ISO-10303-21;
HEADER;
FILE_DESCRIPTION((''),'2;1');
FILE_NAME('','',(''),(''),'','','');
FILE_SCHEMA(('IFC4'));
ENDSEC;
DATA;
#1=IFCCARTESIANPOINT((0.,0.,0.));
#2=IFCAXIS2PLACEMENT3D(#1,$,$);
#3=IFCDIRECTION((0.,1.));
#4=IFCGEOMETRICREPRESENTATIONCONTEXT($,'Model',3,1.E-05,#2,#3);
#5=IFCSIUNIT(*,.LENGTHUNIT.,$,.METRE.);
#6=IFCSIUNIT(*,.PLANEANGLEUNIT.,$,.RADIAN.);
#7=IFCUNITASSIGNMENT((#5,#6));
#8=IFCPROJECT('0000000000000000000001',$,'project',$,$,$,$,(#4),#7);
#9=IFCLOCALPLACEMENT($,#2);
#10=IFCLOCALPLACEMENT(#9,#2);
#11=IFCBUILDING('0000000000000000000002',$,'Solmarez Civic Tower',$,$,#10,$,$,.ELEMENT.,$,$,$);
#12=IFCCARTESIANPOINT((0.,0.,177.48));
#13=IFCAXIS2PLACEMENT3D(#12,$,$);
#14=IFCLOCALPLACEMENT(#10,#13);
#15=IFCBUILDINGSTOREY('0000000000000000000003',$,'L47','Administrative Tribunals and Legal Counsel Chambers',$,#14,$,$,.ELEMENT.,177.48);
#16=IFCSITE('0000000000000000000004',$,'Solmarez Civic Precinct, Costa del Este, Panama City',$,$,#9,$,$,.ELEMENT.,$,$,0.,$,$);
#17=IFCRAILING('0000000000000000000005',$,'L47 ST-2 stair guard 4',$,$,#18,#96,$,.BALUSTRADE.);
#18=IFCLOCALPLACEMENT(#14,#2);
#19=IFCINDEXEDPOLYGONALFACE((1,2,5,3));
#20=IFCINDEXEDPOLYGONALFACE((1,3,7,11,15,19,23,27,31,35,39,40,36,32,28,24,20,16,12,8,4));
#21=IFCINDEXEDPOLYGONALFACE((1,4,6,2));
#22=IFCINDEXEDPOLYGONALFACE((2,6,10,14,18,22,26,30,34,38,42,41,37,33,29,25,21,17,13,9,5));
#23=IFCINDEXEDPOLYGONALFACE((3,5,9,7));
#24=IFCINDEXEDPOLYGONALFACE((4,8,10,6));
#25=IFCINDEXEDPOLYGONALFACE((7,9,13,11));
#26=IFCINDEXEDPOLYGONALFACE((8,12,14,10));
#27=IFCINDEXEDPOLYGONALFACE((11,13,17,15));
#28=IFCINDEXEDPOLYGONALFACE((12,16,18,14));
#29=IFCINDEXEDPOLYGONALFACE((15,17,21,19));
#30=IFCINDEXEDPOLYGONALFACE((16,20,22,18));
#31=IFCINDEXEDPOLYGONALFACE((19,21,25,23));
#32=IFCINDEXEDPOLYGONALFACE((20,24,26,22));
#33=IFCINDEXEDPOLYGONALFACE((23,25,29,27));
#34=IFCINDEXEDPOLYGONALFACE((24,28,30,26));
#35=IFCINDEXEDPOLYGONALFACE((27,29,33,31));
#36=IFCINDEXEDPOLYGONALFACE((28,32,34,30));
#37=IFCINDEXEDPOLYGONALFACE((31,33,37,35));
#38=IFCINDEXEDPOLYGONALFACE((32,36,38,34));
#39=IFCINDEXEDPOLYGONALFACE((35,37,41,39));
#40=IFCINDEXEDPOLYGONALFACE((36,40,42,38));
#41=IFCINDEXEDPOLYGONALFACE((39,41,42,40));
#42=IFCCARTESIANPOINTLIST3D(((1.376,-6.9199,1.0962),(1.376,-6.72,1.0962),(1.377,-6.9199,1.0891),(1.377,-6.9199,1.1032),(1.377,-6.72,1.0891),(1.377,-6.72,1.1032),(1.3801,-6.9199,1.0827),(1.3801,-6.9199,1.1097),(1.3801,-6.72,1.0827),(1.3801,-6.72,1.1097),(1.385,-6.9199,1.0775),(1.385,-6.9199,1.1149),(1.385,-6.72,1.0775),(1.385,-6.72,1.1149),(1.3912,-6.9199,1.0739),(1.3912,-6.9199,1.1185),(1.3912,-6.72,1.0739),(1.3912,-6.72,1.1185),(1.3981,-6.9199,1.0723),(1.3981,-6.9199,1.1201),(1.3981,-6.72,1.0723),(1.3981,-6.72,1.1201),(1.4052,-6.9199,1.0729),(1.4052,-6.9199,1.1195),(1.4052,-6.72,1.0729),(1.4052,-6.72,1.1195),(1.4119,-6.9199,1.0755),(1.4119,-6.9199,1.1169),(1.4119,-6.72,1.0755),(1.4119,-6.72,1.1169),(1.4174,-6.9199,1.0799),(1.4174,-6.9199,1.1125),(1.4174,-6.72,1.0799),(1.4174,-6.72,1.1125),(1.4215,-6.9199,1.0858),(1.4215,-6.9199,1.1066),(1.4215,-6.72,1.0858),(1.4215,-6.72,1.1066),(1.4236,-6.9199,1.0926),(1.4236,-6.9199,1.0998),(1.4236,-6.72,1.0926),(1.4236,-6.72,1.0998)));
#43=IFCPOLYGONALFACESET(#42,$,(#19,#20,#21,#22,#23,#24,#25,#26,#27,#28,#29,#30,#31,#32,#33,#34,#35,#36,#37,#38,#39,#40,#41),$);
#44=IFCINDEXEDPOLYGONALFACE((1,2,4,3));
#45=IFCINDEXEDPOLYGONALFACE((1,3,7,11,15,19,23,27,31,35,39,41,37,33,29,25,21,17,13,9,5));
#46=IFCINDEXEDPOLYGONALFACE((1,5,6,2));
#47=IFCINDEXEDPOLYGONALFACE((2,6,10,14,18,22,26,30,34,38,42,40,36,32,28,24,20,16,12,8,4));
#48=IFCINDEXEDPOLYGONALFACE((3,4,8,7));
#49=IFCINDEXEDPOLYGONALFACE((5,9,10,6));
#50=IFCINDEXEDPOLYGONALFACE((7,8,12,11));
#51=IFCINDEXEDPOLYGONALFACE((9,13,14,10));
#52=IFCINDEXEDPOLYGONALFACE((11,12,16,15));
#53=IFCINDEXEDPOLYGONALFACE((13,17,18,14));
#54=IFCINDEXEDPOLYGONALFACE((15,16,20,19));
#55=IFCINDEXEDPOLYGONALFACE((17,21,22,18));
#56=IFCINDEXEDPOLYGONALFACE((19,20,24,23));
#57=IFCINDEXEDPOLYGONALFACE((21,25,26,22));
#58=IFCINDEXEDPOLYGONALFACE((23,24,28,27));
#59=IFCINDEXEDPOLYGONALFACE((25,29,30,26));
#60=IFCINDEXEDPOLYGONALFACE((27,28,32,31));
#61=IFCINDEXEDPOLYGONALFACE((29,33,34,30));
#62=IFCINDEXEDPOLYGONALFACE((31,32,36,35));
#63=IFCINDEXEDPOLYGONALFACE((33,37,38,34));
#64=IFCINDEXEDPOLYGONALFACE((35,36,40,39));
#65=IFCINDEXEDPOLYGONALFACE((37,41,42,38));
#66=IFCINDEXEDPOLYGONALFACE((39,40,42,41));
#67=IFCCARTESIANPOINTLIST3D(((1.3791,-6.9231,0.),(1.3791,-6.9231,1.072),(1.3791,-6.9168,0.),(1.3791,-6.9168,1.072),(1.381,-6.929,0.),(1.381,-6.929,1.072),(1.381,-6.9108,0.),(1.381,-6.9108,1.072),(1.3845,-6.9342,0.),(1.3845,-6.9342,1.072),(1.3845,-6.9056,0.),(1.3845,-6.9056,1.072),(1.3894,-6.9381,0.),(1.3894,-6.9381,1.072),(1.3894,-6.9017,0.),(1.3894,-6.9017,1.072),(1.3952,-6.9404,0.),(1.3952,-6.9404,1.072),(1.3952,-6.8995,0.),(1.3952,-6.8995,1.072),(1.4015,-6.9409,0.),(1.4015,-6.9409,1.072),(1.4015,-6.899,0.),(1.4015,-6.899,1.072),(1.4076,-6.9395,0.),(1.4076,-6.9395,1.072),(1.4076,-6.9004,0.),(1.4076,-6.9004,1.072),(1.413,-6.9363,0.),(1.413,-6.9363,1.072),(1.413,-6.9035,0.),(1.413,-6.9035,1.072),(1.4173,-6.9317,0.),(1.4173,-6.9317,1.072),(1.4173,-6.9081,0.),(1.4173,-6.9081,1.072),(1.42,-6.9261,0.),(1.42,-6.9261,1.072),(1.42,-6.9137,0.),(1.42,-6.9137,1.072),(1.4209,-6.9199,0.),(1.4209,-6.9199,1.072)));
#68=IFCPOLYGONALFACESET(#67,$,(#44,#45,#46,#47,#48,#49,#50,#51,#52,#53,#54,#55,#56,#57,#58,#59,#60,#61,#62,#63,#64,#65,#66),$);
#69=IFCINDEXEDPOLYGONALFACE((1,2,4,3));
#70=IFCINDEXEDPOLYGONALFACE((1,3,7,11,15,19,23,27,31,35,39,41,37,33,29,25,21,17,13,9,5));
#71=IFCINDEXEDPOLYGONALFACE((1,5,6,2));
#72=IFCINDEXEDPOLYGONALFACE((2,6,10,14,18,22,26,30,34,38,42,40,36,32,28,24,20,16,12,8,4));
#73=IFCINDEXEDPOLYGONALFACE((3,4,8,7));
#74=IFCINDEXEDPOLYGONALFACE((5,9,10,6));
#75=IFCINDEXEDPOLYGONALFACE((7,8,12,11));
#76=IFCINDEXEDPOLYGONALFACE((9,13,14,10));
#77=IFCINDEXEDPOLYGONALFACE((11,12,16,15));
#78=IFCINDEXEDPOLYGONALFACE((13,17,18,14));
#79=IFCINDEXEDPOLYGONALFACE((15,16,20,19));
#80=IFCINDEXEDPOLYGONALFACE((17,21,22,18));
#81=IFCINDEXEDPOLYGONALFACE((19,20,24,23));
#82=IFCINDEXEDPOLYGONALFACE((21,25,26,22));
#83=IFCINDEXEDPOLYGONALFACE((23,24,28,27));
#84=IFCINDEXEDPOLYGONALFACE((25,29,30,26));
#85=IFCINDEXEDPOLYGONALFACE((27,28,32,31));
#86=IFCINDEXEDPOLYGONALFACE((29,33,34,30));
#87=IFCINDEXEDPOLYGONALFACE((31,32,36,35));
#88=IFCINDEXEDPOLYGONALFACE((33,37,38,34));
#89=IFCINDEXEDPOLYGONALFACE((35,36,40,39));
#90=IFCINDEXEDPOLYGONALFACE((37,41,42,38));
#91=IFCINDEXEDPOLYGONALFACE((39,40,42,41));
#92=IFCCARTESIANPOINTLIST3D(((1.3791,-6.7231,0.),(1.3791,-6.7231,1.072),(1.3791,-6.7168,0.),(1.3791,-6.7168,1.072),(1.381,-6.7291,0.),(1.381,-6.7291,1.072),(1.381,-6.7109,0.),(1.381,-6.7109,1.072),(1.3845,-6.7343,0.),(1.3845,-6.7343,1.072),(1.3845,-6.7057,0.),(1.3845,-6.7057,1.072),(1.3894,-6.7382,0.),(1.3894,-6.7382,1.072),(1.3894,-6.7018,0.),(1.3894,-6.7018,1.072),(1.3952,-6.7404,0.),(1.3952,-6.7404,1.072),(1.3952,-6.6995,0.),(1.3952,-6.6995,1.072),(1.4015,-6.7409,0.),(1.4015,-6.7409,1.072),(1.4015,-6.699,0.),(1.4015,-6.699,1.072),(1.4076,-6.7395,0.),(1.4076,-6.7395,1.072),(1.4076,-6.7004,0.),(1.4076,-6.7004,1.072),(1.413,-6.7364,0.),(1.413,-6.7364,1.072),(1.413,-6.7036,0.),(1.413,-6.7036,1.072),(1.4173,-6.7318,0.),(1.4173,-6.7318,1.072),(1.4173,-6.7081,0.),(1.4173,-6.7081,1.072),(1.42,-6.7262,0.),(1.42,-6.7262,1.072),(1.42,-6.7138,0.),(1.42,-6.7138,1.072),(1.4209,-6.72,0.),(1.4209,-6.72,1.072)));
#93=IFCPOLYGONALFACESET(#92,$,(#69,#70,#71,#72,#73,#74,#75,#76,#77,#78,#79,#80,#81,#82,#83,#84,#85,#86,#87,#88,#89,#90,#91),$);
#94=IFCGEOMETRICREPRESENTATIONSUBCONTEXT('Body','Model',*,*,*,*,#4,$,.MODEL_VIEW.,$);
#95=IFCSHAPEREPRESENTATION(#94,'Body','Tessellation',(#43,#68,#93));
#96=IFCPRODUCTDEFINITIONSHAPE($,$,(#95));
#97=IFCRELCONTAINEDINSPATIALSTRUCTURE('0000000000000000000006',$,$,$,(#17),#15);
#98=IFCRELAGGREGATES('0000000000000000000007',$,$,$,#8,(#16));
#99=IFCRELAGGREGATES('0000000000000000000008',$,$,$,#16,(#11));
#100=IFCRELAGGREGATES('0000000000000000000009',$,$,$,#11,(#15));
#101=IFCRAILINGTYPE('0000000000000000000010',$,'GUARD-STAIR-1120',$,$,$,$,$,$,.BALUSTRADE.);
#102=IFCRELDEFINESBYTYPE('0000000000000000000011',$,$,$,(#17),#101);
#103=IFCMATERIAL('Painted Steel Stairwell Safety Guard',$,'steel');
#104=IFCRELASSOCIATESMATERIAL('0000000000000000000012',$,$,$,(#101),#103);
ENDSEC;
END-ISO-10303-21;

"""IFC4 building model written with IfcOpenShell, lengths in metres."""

from ifc_helpers import new_model, si_unit, direction, frame, origin, origin_2d, place, context, subcontext, project, spatial, circle, extrude, material, type_object, element, save


model = new_model("IFC4")

# Units and contexts
model_context = context("Model", 3, precision=1e-05, world=origin(), true_north=direction((0.0, 1.0)))
body_context = subcontext(model_context, "Body", "Model", "MODEL_VIEW")
ifc_project = project(units=[si_unit("LENGTHUNIT", "METRE"), si_unit("PLANEANGLEUNIT", "RADIAN")], contexts=[model_context])

# Site, building, storey
site_placement = place(None, origin())
site = spatial("IfcSite", under=ifc_project, at=site_placement, Name="Solmarez Civic Precinct, Costa del Este, Panama City", CompositionType="ELEMENT", RefElevation=0.0)
building_placement = place(site_placement, origin())
building = spatial("IfcBuilding", under=site, at=building_placement, Name="Solmarez Civic Tower", CompositionType="ELEMENT")
storey_placement = place(building_placement, frame((0.0, 0.0, 177.48)))
storey = spatial("IfcBuildingStorey", under=building, at=storey_placement, Name="L47", Description="Administrative Tribunals and Legal Counsel Chambers", CompositionType="ELEMENT", Elevation=177.48)

# Railing
ifc_material_1 = material(Name="Painted Steel Stairwell Safety Guard", Category="steel")
railing_type_1 = type_object("IfcRailingType", Name="GUARD-STAIR-1120", PredefinedType="BALUSTRADE", material=ifc_material_1)
railing_1_placement = place(storey_placement, frame((1.3999, -6.9199, 0.0)))
element("IfcRailing", 1, at=railing_1_placement, inside=storey, type_object=railing_type_1, Name="L47 ST-2 stair guard 4", PredefinedType="BALUSTRADE", context=body_context, shape_type="SweptSolid", body=[
    extrude(circle(Radius=0.0239, at=origin_2d()), frame((0.0, 0.0, 1.0962), z_axis=(0.0, 1.0, 0.0), x_axis=(-1.0, 0.0, 0.0)), (0.0, 0.0, 1.0), 0.2),
    extrude(circle(Radius=0.021, at=origin_2d()), origin(), (0.0, 0.0, 1.0), 1.072),
    extrude(circle(Radius=0.021, at=origin_2d()), frame((0.0, 0.2, 0.0)), (0.0, 0.0, 1.0), 1.072),
])

save(model, "model.ifc")
